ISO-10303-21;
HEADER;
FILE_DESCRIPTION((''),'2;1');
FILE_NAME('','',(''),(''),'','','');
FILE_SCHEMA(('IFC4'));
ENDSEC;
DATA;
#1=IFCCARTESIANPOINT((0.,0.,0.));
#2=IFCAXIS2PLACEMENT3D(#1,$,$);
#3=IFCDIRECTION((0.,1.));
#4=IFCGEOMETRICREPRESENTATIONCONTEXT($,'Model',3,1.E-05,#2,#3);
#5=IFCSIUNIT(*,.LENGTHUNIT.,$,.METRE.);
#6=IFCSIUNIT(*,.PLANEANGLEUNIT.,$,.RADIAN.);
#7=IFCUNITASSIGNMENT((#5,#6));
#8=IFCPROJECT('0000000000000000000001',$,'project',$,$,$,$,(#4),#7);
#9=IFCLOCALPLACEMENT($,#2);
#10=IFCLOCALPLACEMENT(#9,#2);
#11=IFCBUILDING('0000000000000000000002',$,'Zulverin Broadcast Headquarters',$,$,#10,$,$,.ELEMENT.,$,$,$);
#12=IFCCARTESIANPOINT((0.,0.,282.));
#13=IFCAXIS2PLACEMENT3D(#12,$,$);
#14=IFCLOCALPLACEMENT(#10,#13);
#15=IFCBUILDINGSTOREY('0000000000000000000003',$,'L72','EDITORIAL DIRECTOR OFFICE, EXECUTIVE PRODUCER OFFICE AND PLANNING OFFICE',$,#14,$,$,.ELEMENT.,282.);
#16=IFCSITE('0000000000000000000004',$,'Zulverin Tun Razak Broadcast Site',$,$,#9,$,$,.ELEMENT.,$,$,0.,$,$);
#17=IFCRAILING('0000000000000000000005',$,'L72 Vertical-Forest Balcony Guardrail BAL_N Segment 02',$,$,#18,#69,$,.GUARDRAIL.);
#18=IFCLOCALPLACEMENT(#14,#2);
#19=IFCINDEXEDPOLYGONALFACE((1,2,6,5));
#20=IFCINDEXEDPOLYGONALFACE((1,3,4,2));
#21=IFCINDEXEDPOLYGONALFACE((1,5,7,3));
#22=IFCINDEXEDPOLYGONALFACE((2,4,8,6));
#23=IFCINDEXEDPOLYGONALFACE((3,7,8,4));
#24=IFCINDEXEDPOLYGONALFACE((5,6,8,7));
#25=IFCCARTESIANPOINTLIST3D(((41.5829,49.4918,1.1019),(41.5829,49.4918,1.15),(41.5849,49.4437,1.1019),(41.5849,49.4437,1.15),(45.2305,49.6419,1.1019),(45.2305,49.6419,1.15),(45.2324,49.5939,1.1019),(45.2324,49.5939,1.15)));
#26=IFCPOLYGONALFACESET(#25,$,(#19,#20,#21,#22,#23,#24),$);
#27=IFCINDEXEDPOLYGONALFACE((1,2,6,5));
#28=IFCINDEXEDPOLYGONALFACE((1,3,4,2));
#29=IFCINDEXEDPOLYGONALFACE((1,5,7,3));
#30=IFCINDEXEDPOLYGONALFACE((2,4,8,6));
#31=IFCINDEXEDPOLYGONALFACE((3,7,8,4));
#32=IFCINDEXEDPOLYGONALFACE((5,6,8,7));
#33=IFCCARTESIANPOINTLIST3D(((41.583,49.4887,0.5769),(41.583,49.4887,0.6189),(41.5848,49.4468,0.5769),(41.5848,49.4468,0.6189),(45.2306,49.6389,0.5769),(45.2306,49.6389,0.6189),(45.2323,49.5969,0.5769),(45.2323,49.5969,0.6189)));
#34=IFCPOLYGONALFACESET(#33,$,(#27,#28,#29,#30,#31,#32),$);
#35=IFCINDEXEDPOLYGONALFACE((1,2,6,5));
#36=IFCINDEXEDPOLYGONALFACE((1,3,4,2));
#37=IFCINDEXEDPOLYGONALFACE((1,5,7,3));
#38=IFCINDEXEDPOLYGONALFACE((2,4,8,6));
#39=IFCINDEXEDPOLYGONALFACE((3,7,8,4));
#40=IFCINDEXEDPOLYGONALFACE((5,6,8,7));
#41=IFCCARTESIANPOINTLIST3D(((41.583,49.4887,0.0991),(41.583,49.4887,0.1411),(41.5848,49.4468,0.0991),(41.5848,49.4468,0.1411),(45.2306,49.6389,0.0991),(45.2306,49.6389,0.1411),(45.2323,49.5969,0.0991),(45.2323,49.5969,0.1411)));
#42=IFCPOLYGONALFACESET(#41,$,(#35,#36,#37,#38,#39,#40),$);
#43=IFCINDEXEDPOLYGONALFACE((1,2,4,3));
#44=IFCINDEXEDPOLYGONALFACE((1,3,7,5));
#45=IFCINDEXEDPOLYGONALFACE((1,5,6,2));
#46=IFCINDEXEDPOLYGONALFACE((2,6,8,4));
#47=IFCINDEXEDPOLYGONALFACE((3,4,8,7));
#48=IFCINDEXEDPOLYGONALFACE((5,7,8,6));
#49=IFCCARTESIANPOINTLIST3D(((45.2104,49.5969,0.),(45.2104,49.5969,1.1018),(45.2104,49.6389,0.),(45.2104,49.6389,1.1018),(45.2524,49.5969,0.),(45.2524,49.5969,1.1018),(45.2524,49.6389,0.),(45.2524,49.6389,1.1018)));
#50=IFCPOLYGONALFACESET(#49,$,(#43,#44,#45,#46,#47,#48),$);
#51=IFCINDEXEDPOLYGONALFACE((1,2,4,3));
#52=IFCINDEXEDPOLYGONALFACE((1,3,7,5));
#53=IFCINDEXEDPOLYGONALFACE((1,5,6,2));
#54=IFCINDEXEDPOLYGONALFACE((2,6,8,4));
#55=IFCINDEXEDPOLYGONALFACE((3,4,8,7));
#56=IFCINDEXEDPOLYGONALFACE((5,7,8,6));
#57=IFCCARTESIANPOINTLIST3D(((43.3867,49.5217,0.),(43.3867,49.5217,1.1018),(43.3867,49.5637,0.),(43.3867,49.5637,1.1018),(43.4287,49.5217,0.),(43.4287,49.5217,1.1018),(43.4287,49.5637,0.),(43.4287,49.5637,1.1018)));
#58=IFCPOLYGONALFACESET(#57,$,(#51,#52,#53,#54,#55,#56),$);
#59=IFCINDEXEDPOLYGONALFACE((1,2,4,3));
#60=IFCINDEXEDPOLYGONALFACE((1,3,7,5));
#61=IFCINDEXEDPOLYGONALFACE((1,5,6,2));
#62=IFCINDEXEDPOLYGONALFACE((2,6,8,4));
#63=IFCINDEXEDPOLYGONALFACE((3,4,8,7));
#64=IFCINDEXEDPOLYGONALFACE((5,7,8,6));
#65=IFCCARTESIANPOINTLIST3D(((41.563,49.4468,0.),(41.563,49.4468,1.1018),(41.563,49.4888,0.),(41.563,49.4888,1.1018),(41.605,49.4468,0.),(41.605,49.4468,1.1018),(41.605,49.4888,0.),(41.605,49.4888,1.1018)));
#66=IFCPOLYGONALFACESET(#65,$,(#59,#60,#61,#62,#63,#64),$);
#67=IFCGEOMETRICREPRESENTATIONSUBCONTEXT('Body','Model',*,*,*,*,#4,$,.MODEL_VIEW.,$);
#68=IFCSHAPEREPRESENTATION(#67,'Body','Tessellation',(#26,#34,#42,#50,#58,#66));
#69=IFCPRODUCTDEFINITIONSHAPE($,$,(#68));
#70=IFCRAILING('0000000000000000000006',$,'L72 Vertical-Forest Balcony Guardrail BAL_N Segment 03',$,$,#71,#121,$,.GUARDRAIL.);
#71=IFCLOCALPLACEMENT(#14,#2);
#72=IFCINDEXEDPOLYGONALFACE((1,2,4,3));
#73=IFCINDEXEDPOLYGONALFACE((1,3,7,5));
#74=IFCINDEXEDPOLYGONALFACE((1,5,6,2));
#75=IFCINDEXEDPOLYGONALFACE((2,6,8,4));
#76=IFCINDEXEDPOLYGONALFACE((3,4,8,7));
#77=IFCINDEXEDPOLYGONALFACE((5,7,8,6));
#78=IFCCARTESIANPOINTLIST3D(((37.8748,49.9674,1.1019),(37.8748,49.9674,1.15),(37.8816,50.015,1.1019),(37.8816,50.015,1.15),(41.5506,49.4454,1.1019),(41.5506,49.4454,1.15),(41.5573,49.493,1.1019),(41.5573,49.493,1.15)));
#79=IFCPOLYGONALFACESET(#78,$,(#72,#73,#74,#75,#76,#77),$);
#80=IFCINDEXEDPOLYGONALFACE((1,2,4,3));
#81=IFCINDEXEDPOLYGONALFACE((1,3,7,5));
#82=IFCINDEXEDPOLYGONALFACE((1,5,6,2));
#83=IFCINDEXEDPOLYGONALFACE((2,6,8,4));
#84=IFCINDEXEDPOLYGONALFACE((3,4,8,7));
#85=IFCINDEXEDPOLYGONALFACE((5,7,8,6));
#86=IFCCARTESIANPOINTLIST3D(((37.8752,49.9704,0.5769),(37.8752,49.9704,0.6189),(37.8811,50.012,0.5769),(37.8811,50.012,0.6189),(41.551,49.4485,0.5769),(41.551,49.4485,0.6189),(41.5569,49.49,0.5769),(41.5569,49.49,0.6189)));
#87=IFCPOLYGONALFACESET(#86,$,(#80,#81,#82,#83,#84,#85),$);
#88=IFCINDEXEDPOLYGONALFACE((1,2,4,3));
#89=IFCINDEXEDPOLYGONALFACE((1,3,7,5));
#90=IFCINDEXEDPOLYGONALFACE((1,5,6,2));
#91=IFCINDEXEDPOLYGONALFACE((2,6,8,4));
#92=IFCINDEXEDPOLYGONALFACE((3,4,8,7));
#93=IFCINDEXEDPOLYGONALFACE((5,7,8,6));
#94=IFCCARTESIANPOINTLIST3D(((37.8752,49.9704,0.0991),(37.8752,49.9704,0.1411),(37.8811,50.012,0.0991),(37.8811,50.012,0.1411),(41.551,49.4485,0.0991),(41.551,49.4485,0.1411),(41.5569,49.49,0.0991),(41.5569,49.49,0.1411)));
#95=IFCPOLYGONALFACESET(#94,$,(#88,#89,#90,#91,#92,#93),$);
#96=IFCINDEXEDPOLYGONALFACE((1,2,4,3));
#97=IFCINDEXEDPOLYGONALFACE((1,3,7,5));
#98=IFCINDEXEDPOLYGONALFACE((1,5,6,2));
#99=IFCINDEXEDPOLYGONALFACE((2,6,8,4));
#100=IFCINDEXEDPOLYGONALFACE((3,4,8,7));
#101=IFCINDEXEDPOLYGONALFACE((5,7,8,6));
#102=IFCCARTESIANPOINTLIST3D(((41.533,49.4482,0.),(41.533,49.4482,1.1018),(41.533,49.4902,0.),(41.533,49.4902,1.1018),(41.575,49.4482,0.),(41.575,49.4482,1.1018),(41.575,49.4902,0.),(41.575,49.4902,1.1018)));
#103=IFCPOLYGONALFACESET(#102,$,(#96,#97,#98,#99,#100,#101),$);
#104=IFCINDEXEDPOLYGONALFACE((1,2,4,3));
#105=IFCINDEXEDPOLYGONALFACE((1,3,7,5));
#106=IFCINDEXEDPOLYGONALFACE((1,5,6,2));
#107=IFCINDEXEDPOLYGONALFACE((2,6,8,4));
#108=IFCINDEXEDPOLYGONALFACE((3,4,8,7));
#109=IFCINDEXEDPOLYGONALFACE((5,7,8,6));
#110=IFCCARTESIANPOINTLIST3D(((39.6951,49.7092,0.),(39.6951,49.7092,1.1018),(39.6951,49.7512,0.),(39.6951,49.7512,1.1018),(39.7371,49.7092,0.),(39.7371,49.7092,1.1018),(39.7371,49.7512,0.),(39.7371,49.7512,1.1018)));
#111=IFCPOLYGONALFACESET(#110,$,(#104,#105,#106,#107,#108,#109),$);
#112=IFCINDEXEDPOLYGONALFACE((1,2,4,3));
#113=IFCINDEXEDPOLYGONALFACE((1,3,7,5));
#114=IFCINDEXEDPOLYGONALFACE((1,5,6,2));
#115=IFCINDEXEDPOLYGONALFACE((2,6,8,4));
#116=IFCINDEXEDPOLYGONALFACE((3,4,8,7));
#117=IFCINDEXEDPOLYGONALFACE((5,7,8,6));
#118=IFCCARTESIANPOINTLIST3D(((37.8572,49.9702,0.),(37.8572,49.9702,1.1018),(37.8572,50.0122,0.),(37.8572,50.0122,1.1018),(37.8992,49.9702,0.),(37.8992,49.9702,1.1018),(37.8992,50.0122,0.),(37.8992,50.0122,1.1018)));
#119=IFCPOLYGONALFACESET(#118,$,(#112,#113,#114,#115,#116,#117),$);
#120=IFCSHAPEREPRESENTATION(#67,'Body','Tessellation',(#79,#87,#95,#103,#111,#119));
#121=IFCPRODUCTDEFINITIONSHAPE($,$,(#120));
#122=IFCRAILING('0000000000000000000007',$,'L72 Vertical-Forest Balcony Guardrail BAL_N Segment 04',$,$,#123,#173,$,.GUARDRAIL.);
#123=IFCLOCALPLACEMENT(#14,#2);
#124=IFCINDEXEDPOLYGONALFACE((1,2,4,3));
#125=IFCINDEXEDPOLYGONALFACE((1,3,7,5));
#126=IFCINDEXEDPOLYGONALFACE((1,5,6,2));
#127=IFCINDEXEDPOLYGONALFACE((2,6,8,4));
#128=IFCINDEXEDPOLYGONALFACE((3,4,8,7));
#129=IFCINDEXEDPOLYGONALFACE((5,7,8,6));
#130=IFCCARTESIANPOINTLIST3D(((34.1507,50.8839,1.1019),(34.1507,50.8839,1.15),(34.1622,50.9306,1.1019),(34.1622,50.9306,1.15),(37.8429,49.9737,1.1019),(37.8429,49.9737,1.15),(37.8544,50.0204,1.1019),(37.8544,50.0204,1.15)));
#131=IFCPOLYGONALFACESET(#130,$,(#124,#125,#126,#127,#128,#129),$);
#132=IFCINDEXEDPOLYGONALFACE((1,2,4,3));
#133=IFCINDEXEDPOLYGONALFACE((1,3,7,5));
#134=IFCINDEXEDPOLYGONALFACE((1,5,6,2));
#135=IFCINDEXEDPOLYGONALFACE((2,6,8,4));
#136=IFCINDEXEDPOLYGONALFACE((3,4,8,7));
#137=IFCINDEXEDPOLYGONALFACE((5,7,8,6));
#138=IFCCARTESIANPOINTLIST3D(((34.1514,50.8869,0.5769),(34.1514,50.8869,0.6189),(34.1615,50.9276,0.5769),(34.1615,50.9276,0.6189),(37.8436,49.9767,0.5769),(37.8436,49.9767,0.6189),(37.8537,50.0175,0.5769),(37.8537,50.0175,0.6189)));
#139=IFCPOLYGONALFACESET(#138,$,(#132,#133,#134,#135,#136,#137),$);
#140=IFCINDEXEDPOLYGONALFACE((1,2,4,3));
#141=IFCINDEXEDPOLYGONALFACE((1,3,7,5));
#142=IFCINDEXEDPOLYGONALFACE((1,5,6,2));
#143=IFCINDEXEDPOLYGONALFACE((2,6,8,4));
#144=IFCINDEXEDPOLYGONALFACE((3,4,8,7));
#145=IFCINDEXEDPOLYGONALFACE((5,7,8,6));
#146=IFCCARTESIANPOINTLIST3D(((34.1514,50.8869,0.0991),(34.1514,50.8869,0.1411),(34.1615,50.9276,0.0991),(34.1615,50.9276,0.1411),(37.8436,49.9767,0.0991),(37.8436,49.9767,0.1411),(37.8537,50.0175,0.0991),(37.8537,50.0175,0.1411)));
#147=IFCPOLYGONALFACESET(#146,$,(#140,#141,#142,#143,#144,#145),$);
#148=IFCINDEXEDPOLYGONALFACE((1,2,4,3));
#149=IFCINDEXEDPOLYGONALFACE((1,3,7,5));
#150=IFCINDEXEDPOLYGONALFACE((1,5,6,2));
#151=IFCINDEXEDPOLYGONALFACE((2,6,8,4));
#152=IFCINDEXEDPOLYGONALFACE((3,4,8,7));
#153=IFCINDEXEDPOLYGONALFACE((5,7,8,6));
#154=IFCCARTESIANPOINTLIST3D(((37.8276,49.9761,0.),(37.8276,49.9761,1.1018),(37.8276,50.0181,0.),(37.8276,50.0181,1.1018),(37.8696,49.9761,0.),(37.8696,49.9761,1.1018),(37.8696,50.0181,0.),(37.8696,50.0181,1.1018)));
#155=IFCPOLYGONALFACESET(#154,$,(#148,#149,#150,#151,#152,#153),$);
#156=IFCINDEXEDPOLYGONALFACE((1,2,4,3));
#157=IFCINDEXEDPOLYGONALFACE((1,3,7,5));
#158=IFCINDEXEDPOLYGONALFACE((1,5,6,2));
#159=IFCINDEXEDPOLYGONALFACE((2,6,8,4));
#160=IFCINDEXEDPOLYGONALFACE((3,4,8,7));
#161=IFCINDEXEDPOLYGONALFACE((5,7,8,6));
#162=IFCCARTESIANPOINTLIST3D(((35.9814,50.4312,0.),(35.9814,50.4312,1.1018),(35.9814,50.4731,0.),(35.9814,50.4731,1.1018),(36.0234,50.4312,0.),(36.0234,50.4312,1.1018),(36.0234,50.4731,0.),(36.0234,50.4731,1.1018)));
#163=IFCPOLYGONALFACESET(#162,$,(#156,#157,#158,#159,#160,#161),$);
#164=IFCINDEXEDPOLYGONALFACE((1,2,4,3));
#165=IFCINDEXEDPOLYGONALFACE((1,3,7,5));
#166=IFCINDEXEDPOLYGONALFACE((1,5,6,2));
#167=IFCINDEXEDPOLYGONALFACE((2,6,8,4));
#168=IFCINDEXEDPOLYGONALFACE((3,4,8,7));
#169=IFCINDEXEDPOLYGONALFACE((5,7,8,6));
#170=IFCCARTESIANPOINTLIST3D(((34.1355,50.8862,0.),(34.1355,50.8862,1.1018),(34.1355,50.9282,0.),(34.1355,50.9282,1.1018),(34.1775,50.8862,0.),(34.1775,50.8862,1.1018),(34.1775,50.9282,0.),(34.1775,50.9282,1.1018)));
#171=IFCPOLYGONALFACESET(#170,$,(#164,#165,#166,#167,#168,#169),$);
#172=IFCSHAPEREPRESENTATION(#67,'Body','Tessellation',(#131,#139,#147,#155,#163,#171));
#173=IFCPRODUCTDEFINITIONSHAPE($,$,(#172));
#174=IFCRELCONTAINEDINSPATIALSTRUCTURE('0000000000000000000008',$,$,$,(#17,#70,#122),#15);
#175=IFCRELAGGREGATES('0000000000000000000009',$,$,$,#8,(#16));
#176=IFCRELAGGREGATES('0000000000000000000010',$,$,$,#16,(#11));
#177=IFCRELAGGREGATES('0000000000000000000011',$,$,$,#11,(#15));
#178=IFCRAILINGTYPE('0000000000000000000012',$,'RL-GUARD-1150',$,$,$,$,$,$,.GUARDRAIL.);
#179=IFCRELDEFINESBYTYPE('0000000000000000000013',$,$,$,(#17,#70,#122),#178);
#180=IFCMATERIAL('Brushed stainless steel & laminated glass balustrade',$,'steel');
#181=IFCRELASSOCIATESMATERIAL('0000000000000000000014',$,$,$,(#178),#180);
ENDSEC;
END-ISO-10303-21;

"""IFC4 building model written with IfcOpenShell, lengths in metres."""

from ifc_helpers import new_model, si_unit, direction, frame, origin, origin_2d, place, context, subcontext, project, spatial, rectangle, extrude, material, type_object, element, save


model = new_model("IFC4")

# Units and contexts
model_context = context("Model", 3, precision=1e-05, world=origin(), true_north=direction((0.0, 1.0)))
body_context = subcontext(model_context, "Body", "Model", "MODEL_VIEW")
ifc_project = project(units=[si_unit("LENGTHUNIT", "METRE"), si_unit("PLANEANGLEUNIT", "RADIAN")], contexts=[model_context])

# Site, building, storey
site_placement = place(None, origin())
site = spatial("IfcSite", under=ifc_project, at=site_placement, Name="Zulverin Tun Razak Broadcast Site", CompositionType="ELEMENT", RefElevation=0.0)
building_placement = place(site_placement, origin())
building = spatial("IfcBuilding", under=site, at=building_placement, Name="Zulverin Broadcast Headquarters", CompositionType="ELEMENT")
storey_placement = place(building_placement, frame((0.0, 0.0, 282.0)))
storey = spatial("IfcBuildingStorey", under=building, at=storey_placement, Name="L72", Description="EDITORIAL DIRECTOR OFFICE, EXECUTIVE PRODUCER OFFICE AND PLANNING OFFICE", CompositionType="ELEMENT", Elevation=282.0)

# Railings
ifc_material_1 = material(Name="Brushed stainless steel & laminated glass balustrade", Category="steel")
railing_type_1 = type_object("IfcRailingType", Name="RL-GUARD-1150", PredefinedType="GUARDRAIL", material=ifc_material_1)
railing_1_placement = place(storey_placement, frame((45.2314, 49.6179, 0.0)))
element("IfcRailing", 1, at=railing_1_placement, inside=storey, type_object=railing_type_1, Name="L72 Vertical-Forest Balcony Guardrail BAL_N Segment 02", PredefinedType="GUARDRAIL", context=body_context, shape_type="SweptSolid", body=[
    extrude(rectangle(XDim=0.0481, YDim=0.0481, at=origin_2d()), frame((0.0, 0.0, 1.126), z_axis=(-0.999154, -0.04113, 0.0), x_axis=(0.04113, -0.999154, 0.0)), (0.0, 0.0, 1.0), 3.6506),
    extrude(rectangle(XDim=0.042, YDim=0.042, at=origin_2d()), frame((0.0, 0.0, 0.5979), z_axis=(-0.999154, -0.04113, 0.0), x_axis=(0.04113, -0.999154, 0.0)), (0.0, 0.0, 1.0), 3.6506),
    extrude(rectangle(XDim=0.042, YDim=0.042, at=origin_2d()), frame((0.0, 0.0, 0.1201), z_axis=(-0.999154, -0.04113, 0.0), x_axis=(0.04113, -0.999154, 0.0)), (0.0, 0.0, 1.0), 3.6506),
    extrude(rectangle(XDim=0.042, YDim=0.042, at=origin_2d()), origin(), (0.0, 0.0, 1.0), 1.1018),
    extrude(rectangle(XDim=0.042, YDim=0.042, at=origin_2d()), frame((-1.8237, -0.0752, 0.0)), (0.0, 0.0, 1.0), 1.1018),
    extrude(rectangle(XDim=0.042, YDim=0.042, at=origin_2d()), frame((-3.6475, -0.1501, 0.0)), (0.0, 0.0, 1.0), 1.1018),
])
railing_2_placement = place(storey_placement, frame((41.554, 49.4692, 0.0)))
element("IfcRailing", 2, at=railing_2_placement, inside=storey, type_object=railing_type_1, Name="L72 Vertical-Forest Balcony Guardrail BAL_N Segment 03", PredefinedType="GUARDRAIL", context=body_context, shape_type="SweptSolid", body=[
    extrude(rectangle(XDim=0.0481, YDim=0.0481, at=origin_2d()), frame((0.0, 0.0, 1.126), z_axis=(-0.990068, 0.140593, 0.0), x_axis=(-0.140593, -0.990068, 0.0)), (0.0, 0.0, 1.0), 3.7126),
    extrude(rectangle(XDim=0.042, YDim=0.042, at=origin_2d()), frame((0.0, 0.0, 0.5979), z_axis=(-0.990068, 0.140593, 0.0), x_axis=(-0.140593, -0.990068, 0.0)), (0.0, 0.0, 1.0), 3.7126),
    extrude(rectangle(XDim=0.042, YDim=0.042, at=origin_2d()), frame((0.0, 0.0, 0.1201), z_axis=(-0.990068, 0.140593, 0.0), x_axis=(-0.140593, -0.990068, 0.0)), (0.0, 0.0, 1.0), 3.7126),
    extrude(rectangle(XDim=0.042, YDim=0.042, at=origin_2d()), origin(), (0.0, 0.0, 1.0), 1.1018),
    extrude(rectangle(XDim=0.042, YDim=0.042, at=origin_2d()), frame((-1.8379, 0.261, 0.0)), (0.0, 0.0, 1.0), 1.1018),
    extrude(rectangle(XDim=0.042, YDim=0.042, at=origin_2d()), frame((-3.6758, 0.522, 0.0)), (0.0, 0.0, 1.0), 1.1018),
])
railing_3_placement = place(storey_placement, frame((37.8486, 49.9971, 0.0)))
element("IfcRailing", 3, at=railing_3_placement, inside=storey, type_object=railing_type_1, Name="L72 Vertical-Forest Balcony Guardrail BAL_N Segment 04", PredefinedType="GUARDRAIL", context=body_context, shape_type="SweptSolid", body=[
    extrude(rectangle(XDim=0.0481, YDim=0.0481, at=origin_2d()), frame((0.0, 0.0, 1.126), z_axis=(-0.970934, 0.239347, 0.0), x_axis=(-0.239347, -0.970934, 0.0)), (0.0, 0.0, 1.0), 3.8027),
    extrude(rectangle(XDim=0.042, YDim=0.042, at=origin_2d()), frame((0.0, 0.0, 0.5979), z_axis=(-0.970934, 0.239347, 0.0), x_axis=(-0.239347, -0.970934, 0.0)), (0.0, 0.0, 1.0), 3.8027),
    extrude(rectangle(XDim=0.042, YDim=0.042, at=origin_2d()), frame((0.0, 0.0, 0.1201), z_axis=(-0.970934, 0.239347, 0.0), x_axis=(-0.239347, -0.970934, 0.0)), (0.0, 0.0, 1.0), 3.8027),
    extrude(rectangle(XDim=0.042, YDim=0.042, at=origin_2d()), origin(), (0.0, 0.0, 1.0), 1.1018),
    extrude(rectangle(XDim=0.042, YDim=0.042, at=origin_2d()), frame((-1.8462, 0.4551, 0.0)), (0.0, 0.0, 1.0), 1.1018),
    extrude(rectangle(XDim=0.042, YDim=0.042, at=origin_2d()), frame((-3.6921, 0.9102, 0.0)), (0.0, 0.0, 1.0), 1.1018),
])

save(model, "model.ifc")
